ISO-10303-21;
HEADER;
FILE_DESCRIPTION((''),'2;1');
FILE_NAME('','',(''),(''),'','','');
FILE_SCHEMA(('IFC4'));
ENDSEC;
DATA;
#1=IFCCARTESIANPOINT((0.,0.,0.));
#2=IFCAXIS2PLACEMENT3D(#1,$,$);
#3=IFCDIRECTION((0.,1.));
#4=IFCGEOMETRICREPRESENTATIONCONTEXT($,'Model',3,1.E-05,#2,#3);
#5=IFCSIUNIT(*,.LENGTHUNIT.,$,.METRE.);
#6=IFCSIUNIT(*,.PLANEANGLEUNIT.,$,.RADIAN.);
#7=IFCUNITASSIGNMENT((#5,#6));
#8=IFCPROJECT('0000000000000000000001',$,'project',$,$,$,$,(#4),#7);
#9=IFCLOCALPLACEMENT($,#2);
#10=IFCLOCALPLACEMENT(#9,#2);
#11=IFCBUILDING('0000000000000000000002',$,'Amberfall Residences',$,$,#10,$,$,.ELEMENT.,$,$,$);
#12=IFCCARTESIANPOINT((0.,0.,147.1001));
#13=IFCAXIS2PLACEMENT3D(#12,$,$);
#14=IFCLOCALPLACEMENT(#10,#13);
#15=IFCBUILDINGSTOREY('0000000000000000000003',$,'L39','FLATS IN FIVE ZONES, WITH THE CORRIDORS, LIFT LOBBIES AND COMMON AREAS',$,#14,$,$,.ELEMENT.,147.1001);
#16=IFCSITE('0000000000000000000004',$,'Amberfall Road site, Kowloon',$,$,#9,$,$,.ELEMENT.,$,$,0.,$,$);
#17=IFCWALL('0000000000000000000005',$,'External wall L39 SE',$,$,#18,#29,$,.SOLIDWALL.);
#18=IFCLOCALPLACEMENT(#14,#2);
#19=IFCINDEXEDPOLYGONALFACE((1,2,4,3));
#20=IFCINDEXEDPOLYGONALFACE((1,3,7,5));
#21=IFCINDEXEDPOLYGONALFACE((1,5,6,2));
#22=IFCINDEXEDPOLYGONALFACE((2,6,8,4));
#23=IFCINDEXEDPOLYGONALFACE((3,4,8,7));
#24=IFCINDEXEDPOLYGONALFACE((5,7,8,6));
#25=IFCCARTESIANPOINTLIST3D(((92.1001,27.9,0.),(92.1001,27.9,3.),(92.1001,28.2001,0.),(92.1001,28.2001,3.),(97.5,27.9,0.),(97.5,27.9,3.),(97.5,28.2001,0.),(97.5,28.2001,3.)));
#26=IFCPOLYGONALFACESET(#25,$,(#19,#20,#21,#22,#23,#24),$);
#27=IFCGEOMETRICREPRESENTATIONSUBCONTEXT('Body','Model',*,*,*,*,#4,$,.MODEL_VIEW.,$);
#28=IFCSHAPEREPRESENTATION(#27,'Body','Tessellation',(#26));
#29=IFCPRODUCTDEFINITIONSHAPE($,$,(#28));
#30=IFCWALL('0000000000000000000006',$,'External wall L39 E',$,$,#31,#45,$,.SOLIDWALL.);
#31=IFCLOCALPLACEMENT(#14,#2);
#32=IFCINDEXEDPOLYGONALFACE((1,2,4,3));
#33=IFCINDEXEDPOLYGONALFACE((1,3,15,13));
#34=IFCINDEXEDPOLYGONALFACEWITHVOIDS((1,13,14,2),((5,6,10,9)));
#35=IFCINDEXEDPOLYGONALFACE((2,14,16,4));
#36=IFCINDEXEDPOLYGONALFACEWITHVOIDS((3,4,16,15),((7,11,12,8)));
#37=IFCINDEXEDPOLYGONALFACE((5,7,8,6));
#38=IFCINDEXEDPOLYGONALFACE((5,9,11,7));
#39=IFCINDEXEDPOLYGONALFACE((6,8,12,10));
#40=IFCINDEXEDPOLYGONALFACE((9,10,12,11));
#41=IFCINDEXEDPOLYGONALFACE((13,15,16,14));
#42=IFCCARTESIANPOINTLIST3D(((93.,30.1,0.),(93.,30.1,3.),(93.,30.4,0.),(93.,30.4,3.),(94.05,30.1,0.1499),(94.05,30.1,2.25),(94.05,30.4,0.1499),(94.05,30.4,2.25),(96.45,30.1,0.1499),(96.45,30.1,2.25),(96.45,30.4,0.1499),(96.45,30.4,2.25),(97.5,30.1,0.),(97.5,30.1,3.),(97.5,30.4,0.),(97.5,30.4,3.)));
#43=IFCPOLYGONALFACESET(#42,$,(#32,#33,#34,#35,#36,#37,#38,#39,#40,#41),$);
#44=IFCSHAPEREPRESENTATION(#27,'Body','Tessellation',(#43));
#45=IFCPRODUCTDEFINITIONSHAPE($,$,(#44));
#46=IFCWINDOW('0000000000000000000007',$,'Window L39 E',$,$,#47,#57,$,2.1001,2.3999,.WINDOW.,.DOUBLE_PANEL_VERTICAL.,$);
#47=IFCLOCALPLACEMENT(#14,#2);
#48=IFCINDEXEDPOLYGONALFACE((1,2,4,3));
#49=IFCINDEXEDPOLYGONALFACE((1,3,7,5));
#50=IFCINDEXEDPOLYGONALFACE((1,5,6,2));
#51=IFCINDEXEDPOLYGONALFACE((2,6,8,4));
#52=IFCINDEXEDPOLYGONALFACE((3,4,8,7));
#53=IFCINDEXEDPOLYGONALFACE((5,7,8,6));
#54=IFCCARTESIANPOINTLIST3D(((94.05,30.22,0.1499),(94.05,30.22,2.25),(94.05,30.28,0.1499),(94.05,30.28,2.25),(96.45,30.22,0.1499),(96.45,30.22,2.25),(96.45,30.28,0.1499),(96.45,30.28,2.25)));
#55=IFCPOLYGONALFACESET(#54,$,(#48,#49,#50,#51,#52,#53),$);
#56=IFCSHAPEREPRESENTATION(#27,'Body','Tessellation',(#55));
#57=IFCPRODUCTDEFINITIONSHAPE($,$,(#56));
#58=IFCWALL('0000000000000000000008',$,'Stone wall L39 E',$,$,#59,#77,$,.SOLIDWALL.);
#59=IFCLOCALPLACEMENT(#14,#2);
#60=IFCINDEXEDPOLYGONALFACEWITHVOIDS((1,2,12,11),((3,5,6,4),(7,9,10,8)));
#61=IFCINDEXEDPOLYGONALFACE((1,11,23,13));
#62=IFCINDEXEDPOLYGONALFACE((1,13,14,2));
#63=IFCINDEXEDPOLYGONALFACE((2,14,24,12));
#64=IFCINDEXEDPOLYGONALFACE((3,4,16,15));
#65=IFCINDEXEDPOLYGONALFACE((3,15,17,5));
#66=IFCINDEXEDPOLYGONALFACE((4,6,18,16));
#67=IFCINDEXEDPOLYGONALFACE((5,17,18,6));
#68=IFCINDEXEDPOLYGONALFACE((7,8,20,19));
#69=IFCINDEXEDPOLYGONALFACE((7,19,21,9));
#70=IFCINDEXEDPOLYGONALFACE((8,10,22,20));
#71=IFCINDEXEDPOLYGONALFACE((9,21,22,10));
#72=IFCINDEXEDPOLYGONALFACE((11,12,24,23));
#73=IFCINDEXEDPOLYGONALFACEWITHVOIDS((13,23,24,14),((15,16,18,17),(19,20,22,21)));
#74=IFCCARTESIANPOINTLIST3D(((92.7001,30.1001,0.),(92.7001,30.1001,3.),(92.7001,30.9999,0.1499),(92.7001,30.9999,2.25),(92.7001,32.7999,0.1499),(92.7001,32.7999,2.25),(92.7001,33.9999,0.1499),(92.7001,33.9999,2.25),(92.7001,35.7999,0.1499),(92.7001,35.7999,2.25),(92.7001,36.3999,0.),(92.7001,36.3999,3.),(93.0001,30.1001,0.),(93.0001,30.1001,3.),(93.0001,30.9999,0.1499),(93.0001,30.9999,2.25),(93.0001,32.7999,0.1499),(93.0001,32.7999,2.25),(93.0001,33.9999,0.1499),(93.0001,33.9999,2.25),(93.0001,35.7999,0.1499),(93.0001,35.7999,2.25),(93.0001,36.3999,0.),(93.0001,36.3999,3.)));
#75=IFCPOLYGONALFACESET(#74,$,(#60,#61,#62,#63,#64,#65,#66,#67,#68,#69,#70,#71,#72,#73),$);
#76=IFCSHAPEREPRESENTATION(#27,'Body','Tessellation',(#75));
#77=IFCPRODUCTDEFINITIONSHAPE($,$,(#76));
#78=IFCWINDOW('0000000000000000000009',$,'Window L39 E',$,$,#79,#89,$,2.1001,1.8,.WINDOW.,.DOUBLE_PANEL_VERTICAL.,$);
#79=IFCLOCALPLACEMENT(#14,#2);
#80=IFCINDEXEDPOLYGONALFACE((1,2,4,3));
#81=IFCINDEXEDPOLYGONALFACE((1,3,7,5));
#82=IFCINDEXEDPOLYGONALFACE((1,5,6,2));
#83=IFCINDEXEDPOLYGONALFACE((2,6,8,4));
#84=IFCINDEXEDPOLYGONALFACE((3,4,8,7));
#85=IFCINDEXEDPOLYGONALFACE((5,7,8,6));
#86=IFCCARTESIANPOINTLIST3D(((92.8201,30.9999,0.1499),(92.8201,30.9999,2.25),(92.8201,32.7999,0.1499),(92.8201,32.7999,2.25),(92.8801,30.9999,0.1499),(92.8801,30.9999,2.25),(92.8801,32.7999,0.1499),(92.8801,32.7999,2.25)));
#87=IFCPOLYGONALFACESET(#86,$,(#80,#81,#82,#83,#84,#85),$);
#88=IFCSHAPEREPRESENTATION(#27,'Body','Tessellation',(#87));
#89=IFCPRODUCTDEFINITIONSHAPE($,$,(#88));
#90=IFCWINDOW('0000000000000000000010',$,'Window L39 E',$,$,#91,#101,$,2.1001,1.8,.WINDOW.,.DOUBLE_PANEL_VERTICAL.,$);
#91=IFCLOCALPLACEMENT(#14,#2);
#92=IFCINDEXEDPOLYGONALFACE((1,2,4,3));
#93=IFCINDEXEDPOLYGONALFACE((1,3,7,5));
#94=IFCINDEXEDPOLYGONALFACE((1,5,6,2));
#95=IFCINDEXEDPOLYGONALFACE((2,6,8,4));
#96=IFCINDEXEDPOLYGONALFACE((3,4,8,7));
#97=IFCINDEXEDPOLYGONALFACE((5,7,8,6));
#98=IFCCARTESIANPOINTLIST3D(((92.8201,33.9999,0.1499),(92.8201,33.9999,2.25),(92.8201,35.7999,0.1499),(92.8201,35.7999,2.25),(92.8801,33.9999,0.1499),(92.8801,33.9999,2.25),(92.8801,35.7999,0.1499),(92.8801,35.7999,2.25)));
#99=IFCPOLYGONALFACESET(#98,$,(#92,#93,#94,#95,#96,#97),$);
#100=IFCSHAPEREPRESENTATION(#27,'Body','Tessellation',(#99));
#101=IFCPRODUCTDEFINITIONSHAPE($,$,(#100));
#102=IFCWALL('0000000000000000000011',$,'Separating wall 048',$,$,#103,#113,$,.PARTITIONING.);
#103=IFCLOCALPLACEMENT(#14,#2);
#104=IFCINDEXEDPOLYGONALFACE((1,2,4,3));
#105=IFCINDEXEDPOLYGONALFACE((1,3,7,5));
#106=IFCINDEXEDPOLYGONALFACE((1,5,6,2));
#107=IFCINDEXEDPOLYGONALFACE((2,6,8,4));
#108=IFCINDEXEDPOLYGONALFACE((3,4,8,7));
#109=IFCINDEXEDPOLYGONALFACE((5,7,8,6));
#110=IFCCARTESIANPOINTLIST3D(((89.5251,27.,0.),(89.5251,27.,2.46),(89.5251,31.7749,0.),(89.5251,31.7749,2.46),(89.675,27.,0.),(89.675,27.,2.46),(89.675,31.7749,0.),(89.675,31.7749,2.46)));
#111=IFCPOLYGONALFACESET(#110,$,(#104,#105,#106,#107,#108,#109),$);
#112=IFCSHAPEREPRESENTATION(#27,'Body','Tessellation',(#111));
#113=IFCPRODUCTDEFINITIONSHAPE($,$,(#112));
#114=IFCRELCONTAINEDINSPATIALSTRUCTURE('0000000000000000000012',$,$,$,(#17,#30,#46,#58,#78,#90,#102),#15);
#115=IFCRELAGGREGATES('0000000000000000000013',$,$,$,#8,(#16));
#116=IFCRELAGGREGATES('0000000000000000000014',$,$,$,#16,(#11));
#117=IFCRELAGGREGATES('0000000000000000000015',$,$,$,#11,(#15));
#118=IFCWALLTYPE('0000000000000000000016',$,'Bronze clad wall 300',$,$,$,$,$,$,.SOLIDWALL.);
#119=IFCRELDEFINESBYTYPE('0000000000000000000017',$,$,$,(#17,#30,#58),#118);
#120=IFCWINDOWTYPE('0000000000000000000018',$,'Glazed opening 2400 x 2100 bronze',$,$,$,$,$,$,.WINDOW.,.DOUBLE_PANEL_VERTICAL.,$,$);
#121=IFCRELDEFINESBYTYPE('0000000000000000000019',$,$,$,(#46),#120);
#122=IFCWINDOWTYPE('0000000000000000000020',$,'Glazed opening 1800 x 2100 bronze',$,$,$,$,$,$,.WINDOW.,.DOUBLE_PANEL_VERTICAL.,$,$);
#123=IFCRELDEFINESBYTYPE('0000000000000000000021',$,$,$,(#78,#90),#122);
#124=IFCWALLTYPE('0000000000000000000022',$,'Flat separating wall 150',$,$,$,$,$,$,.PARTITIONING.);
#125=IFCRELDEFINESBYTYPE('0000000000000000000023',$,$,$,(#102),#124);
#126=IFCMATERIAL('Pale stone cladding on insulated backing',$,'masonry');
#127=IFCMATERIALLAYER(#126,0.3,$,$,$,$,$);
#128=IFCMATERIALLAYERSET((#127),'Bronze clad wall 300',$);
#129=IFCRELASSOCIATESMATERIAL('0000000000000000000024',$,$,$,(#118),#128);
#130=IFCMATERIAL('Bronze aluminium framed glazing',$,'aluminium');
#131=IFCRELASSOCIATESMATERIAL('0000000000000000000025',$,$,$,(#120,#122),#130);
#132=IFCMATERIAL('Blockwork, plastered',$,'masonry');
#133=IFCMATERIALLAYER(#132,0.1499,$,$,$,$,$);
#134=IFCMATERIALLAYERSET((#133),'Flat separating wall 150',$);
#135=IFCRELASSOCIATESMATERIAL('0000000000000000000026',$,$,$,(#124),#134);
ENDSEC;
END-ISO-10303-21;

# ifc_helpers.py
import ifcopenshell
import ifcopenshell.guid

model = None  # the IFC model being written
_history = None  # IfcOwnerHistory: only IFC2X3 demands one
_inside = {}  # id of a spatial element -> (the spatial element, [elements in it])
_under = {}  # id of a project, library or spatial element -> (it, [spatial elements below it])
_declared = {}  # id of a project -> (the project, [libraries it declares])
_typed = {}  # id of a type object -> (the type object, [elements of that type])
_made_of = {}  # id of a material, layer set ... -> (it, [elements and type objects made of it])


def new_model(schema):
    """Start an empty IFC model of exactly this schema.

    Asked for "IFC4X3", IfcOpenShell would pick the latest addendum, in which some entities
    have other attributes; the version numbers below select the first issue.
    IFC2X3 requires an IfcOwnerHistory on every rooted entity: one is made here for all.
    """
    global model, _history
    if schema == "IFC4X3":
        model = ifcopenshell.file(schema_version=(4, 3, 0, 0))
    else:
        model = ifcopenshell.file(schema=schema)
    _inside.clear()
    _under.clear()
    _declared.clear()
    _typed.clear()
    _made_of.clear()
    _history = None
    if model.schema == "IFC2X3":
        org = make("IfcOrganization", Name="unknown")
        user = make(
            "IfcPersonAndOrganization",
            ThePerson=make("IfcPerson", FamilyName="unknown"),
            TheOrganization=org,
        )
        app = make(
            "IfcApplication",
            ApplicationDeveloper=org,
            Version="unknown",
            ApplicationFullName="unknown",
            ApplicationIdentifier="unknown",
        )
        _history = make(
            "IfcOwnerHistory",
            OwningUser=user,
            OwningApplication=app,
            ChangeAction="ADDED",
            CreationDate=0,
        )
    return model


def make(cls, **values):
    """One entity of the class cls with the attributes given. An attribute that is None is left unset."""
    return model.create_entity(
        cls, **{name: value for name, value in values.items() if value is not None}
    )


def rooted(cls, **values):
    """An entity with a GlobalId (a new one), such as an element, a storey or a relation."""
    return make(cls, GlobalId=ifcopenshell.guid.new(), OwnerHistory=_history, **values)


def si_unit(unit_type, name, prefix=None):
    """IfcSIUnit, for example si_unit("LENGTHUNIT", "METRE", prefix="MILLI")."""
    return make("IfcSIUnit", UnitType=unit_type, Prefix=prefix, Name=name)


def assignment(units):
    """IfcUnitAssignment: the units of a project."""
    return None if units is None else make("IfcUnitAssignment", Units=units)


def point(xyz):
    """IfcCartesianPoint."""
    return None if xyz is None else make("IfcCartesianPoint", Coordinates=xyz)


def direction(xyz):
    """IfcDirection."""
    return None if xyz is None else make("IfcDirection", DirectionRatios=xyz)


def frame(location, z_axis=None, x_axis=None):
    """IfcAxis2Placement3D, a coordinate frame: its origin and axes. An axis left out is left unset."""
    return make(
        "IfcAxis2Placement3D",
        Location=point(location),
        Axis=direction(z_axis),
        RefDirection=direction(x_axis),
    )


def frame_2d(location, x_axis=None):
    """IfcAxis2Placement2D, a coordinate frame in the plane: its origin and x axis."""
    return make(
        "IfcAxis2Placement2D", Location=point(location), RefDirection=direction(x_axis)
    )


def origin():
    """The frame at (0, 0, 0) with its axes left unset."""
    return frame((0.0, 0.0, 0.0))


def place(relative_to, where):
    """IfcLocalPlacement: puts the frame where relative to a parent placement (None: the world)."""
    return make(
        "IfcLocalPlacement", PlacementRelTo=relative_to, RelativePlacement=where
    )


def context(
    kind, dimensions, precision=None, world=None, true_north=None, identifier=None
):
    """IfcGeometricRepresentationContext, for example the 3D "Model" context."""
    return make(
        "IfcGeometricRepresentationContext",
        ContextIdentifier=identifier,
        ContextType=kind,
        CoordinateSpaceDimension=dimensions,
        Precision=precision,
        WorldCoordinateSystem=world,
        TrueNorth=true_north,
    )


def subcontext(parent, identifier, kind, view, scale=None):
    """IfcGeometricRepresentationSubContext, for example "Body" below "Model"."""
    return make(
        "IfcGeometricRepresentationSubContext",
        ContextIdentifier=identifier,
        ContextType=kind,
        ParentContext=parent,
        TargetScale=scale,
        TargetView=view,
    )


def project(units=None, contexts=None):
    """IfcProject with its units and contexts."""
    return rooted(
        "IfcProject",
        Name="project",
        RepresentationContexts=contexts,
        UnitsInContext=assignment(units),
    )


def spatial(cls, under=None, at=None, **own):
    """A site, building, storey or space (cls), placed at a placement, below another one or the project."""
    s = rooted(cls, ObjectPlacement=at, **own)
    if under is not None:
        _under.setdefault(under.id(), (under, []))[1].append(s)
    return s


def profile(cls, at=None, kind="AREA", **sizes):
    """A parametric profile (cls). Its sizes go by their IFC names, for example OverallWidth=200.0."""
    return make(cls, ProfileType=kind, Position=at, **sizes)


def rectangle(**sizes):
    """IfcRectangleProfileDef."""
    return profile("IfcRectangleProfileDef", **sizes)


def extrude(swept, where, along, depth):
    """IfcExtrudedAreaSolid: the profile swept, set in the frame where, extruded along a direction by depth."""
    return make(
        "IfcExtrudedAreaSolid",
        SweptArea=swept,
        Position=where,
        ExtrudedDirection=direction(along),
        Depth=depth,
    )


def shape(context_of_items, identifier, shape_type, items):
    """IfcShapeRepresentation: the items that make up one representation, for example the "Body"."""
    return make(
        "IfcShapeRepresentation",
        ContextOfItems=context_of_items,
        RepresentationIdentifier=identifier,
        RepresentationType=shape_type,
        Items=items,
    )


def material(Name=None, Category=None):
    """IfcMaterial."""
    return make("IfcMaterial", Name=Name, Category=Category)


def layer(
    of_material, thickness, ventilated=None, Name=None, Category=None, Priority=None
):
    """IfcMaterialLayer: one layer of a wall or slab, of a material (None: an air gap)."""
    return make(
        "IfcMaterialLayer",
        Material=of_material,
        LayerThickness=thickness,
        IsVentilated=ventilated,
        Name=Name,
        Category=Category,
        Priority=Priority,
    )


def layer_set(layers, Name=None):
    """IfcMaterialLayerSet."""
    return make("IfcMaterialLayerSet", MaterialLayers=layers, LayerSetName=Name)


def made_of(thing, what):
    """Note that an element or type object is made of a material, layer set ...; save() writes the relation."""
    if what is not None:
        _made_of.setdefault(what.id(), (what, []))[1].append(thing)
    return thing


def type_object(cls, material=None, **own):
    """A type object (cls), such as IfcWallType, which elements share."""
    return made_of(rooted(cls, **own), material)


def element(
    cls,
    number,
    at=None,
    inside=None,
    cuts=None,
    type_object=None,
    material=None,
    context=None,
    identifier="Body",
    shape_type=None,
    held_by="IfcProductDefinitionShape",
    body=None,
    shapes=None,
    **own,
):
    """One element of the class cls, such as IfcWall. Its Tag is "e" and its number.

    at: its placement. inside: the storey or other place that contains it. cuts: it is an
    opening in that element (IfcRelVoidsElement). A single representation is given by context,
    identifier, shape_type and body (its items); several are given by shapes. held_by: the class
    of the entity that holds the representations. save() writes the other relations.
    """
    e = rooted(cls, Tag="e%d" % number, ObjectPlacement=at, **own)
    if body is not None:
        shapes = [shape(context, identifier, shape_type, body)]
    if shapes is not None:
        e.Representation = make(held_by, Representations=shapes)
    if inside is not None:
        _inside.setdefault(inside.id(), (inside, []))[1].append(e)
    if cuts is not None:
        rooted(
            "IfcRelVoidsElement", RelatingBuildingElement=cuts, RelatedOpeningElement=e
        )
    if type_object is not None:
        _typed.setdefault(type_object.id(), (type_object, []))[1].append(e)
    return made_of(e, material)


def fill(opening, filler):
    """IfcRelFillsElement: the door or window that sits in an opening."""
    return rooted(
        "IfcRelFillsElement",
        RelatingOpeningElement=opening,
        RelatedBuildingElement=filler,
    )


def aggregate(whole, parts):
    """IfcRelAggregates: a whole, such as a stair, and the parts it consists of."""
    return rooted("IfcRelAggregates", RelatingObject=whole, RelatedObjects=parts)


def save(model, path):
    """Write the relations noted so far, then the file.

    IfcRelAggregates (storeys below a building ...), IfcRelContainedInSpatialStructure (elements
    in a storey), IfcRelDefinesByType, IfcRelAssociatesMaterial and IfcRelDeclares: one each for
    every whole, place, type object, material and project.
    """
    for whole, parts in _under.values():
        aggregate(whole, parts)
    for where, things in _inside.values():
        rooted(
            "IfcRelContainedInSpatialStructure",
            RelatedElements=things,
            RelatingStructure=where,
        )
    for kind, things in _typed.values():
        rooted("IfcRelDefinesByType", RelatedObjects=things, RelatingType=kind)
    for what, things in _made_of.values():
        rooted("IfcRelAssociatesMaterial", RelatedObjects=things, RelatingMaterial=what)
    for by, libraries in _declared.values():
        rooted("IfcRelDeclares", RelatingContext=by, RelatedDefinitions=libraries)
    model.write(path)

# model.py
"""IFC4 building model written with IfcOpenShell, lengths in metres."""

from ifc_helpers import new_model, si_unit, direction, frame, frame_2d, origin, place, context, subcontext, project, spatial, rectangle, extrude, material, layer, layer_set, type_object, element, fill, save


model = new_model("IFC4")

# Units and contexts
model_context = context("Model", 3, precision=1e-05, world=origin(), true_north=direction((0.0, 1.0)))
body_context = subcontext(model_context, "Body", "Model", "MODEL_VIEW")
ifc_project = project(units=[si_unit("LENGTHUNIT", "METRE"), si_unit("PLANEANGLEUNIT", "RADIAN")], contexts=[model_context])

# Site, building, storey
site_placement = place(None, origin())
site = spatial("IfcSite", under=ifc_project, at=site_placement, Name="Amberfall Road site, Kowloon", CompositionType="ELEMENT", RefElevation=0.0)
building_placement = place(site_placement, origin())
building = spatial("IfcBuilding", under=site, at=building_placement, Name="Amberfall Residences", CompositionType="ELEMENT")
storey_placement = place(building_placement, frame((0.0, 0.0, 147.1001)))
storey = spatial("IfcBuildingStorey", under=building, at=storey_placement, Name="L39", Description="FLATS IN FIVE ZONES, WITH THE CORRIDORS, LIFT LOBBIES AND COMMON AREAS", CompositionType="ELEMENT", Elevation=147.1001)

# Shared definitions
ifc_material_1 = material(Name="Pale stone cladding on insulated backing", Category="masonry")
ifc_layer_1 = layer(ifc_material_1, 0.3)
ifc_layer_set_1 = layer_set([ifc_layer_1], Name="Bronze clad wall 300")
wall_type_1 = type_object("IfcWallType", Name="Bronze clad wall 300", PredefinedType="SOLIDWALL", material=ifc_layer_set_1)

# Shared definitions
ifc_material_2 = material(Name="Bronze aluminium framed glazing", Category="aluminium")
window_type_1 = type_object("IfcWindowType", Name="Glazed opening 2400 x 2100 bronze", PartitioningType="DOUBLE_PANEL_VERTICAL", PredefinedType="WINDOW", material=ifc_material_2)

# Wall
wall_1_placement = place(storey_placement, frame((92.1001, 28.05, 0.0), z_axis=(0.0, 0.0, 1.0), x_axis=(1.0, 0.0, 0.0)))
element("IfcWall", 1, at=wall_1_placement, inside=storey, type_object=wall_type_1, Name="External wall L39 SE", PredefinedType="SOLIDWALL", context=body_context, shape_type="SweptSolid", body=[
    extrude(rectangle(XDim=5.3999, YDim=0.3, at=frame_2d((2.7, 0.0))), origin(), (0.0, 0.0, 1.0), 3.0),
])

# Wall, opening, window
wall_2_placement = place(storey_placement, frame((97.5, 30.25, 0.0), z_axis=(0.0, 0.0, 1.0), x_axis=(-1.0, 0.0, 0.0)))
wall_2 = element("IfcWall", 2, at=wall_2_placement, inside=storey, type_object=wall_type_1, Name="External wall L39 E", PredefinedType="SOLIDWALL", context=body_context, shape_type="SweptSolid", body=[
    extrude(rectangle(XDim=4.5, YDim=0.3, at=frame_2d((2.25, 0.0))), origin(), (0.0, 0.0, 1.0), 3.0),
])
opening_1_placement = place(wall_2_placement, frame((1.05, 0.0, 0.1499)))
opening_1 = element("IfcOpeningElement", 3, at=opening_1_placement, cuts=wall_2, PredefinedType="OPENING", context=body_context, shape_type="SweptSolid", body=[
    extrude(rectangle(XDim=2.3999, YDim=2.1001, at=frame_2d((1.2, 1.05))), frame((0.0, 0.1599, 0.0), z_axis=(0.0, -1.0, 0.0), x_axis=(1.0, 0.0, 0.0)), (0.0, 0.0, 1.0), 0.3201),
])
window_1_placement = place(opening_1_placement, origin())
window_1 = element("IfcWindow", 4, at=window_1_placement, inside=storey, type_object=window_type_1, Name="Window L39 E", OverallHeight=2.1001, OverallWidth=2.3999, PartitioningType="DOUBLE_PANEL_VERTICAL", PredefinedType="WINDOW", context=body_context, shape_type="SweptSolid", body=[
    extrude(rectangle(XDim=2.3999, YDim=2.1001, at=frame_2d((1.2, 1.05))), frame((0.0, 0.03, 0.0), z_axis=(0.0, -1.0, 0.0), x_axis=(1.0, 0.0, 0.0)), (0.0, 0.0, 1.0), 0.0601),
])
fill(opening_1, window_1)

# Wall, openings, windows
wall_3_placement = place(storey_placement, frame((92.8501, 30.1001, 0.0), z_axis=(0.0, 0.0, 1.0), x_axis=(0.0, 1.0, 0.0)))
wall_3 = element("IfcWall", 5, at=wall_3_placement, inside=storey, type_object=wall_type_1, Name="Stone wall L39 E", PredefinedType="SOLIDWALL", context=body_context, shape_type="SweptSolid", body=[
    extrude(rectangle(XDim=6.2998, YDim=0.3, at=frame_2d((3.1499, 0.0))), origin(), (0.0, 0.0, 1.0), 3.0),
])
opening_2_placement = place(wall_3_placement, frame((0.8999, 0.0, 0.1499)))
opening_2 = element("IfcOpeningElement", 6, at=opening_2_placement, cuts=wall_3, PredefinedType="OPENING", context=body_context, shape_type="SweptSolid", body=[
    extrude(rectangle(XDim=1.8, YDim=2.1001, at=frame_2d((0.8999, 1.05))), frame((0.0, 0.1599, 0.0), z_axis=(0.0, -1.0, 0.0), x_axis=(1.0, 0.0, 0.0)), (0.0, 0.0, 1.0), 0.3201),
])
opening_3_placement = place(wall_3_placement, frame((3.8999, 0.0, 0.1499)))
opening_3 = element("IfcOpeningElement", 7, at=opening_3_placement, cuts=wall_3, PredefinedType="OPENING", context=body_context, shape_type="SweptSolid", body=[
    extrude(rectangle(XDim=1.8, YDim=2.1001, at=frame_2d((0.8999, 1.05))), frame((0.0, 0.1599, 0.0), z_axis=(0.0, -1.0, 0.0), x_axis=(1.0, 0.0, 0.0)), (0.0, 0.0, 1.0), 0.3201),
])
window_type_2 = type_object("IfcWindowType", Name="Glazed opening 1800 x 2100 bronze", PartitioningType="DOUBLE_PANEL_VERTICAL", PredefinedType="WINDOW", material=ifc_material_2)
window_2_placement = place(opening_2_placement, origin())
window_2 = element("IfcWindow", 8, at=window_2_placement, inside=storey, type_object=window_type_2, Name="Window L39 E", OverallHeight=2.1001, OverallWidth=1.8, PartitioningType="DOUBLE_PANEL_VERTICAL", PredefinedType="WINDOW", context=body_context, shape_type="SweptSolid", body=[
    extrude(rectangle(XDim=1.8, YDim=2.1001, at=frame_2d((0.8999, 1.05))), frame((0.0, 0.03, 0.0), z_axis=(0.0, -1.0, 0.0), x_axis=(1.0, 0.0, 0.0)), (0.0, 0.0, 1.0), 0.0601),
])
fill(opening_2, window_2)
window_3_placement = place(opening_3_placement, origin())
window_3 = element("IfcWindow", 9, at=window_3_placement, inside=storey, type_object=window_type_2, Name="Window L39 E", OverallHeight=2.1001, OverallWidth=1.8, PartitioningType="DOUBLE_PANEL_VERTICAL", PredefinedType="WINDOW", context=body_context, shape_type="SweptSolid", body=[
    extrude(rectangle(XDim=1.8, YDim=2.1001, at=frame_2d((0.8999, 1.05))), frame((0.0, 0.03, 0.0), z_axis=(0.0, -1.0, 0.0), x_axis=(1.0, 0.0, 0.0)), (0.0, 0.0, 1.0), 0.0601),
])
fill(opening_3, window_3)

# Wall
ifc_material_3 = material(Name="Blockwork, plastered", Category="masonry")
ifc_layer_2 = layer(ifc_material_3, 0.1499)
ifc_layer_set_2 = layer_set([ifc_layer_2], Name="Flat separating wall 150")
wall_type_2 = type_object("IfcWallType", Name="Flat separating wall 150", PredefinedType="PARTITIONING", material=ifc_layer_set_2)
wall_4_placement = place(storey_placement, frame((89.6001, 27.0, 0.0), z_axis=(0.0, 0.0, 1.0), x_axis=(0.0, 1.0, 0.0)))
element("IfcWall", 10, at=wall_4_placement, inside=storey, type_object=wall_type_2, Name="Separating wall 048", PredefinedType="PARTITIONING", context=body_context, shape_type="SweptSolid", body=[
    extrude(rectangle(XDim=4.7749, YDim=0.1499, at=frame_2d((2.3875, 0.0))), origin(), (0.0, 0.0, 1.0), 2.46),
])

save(model, "model.ifc")
